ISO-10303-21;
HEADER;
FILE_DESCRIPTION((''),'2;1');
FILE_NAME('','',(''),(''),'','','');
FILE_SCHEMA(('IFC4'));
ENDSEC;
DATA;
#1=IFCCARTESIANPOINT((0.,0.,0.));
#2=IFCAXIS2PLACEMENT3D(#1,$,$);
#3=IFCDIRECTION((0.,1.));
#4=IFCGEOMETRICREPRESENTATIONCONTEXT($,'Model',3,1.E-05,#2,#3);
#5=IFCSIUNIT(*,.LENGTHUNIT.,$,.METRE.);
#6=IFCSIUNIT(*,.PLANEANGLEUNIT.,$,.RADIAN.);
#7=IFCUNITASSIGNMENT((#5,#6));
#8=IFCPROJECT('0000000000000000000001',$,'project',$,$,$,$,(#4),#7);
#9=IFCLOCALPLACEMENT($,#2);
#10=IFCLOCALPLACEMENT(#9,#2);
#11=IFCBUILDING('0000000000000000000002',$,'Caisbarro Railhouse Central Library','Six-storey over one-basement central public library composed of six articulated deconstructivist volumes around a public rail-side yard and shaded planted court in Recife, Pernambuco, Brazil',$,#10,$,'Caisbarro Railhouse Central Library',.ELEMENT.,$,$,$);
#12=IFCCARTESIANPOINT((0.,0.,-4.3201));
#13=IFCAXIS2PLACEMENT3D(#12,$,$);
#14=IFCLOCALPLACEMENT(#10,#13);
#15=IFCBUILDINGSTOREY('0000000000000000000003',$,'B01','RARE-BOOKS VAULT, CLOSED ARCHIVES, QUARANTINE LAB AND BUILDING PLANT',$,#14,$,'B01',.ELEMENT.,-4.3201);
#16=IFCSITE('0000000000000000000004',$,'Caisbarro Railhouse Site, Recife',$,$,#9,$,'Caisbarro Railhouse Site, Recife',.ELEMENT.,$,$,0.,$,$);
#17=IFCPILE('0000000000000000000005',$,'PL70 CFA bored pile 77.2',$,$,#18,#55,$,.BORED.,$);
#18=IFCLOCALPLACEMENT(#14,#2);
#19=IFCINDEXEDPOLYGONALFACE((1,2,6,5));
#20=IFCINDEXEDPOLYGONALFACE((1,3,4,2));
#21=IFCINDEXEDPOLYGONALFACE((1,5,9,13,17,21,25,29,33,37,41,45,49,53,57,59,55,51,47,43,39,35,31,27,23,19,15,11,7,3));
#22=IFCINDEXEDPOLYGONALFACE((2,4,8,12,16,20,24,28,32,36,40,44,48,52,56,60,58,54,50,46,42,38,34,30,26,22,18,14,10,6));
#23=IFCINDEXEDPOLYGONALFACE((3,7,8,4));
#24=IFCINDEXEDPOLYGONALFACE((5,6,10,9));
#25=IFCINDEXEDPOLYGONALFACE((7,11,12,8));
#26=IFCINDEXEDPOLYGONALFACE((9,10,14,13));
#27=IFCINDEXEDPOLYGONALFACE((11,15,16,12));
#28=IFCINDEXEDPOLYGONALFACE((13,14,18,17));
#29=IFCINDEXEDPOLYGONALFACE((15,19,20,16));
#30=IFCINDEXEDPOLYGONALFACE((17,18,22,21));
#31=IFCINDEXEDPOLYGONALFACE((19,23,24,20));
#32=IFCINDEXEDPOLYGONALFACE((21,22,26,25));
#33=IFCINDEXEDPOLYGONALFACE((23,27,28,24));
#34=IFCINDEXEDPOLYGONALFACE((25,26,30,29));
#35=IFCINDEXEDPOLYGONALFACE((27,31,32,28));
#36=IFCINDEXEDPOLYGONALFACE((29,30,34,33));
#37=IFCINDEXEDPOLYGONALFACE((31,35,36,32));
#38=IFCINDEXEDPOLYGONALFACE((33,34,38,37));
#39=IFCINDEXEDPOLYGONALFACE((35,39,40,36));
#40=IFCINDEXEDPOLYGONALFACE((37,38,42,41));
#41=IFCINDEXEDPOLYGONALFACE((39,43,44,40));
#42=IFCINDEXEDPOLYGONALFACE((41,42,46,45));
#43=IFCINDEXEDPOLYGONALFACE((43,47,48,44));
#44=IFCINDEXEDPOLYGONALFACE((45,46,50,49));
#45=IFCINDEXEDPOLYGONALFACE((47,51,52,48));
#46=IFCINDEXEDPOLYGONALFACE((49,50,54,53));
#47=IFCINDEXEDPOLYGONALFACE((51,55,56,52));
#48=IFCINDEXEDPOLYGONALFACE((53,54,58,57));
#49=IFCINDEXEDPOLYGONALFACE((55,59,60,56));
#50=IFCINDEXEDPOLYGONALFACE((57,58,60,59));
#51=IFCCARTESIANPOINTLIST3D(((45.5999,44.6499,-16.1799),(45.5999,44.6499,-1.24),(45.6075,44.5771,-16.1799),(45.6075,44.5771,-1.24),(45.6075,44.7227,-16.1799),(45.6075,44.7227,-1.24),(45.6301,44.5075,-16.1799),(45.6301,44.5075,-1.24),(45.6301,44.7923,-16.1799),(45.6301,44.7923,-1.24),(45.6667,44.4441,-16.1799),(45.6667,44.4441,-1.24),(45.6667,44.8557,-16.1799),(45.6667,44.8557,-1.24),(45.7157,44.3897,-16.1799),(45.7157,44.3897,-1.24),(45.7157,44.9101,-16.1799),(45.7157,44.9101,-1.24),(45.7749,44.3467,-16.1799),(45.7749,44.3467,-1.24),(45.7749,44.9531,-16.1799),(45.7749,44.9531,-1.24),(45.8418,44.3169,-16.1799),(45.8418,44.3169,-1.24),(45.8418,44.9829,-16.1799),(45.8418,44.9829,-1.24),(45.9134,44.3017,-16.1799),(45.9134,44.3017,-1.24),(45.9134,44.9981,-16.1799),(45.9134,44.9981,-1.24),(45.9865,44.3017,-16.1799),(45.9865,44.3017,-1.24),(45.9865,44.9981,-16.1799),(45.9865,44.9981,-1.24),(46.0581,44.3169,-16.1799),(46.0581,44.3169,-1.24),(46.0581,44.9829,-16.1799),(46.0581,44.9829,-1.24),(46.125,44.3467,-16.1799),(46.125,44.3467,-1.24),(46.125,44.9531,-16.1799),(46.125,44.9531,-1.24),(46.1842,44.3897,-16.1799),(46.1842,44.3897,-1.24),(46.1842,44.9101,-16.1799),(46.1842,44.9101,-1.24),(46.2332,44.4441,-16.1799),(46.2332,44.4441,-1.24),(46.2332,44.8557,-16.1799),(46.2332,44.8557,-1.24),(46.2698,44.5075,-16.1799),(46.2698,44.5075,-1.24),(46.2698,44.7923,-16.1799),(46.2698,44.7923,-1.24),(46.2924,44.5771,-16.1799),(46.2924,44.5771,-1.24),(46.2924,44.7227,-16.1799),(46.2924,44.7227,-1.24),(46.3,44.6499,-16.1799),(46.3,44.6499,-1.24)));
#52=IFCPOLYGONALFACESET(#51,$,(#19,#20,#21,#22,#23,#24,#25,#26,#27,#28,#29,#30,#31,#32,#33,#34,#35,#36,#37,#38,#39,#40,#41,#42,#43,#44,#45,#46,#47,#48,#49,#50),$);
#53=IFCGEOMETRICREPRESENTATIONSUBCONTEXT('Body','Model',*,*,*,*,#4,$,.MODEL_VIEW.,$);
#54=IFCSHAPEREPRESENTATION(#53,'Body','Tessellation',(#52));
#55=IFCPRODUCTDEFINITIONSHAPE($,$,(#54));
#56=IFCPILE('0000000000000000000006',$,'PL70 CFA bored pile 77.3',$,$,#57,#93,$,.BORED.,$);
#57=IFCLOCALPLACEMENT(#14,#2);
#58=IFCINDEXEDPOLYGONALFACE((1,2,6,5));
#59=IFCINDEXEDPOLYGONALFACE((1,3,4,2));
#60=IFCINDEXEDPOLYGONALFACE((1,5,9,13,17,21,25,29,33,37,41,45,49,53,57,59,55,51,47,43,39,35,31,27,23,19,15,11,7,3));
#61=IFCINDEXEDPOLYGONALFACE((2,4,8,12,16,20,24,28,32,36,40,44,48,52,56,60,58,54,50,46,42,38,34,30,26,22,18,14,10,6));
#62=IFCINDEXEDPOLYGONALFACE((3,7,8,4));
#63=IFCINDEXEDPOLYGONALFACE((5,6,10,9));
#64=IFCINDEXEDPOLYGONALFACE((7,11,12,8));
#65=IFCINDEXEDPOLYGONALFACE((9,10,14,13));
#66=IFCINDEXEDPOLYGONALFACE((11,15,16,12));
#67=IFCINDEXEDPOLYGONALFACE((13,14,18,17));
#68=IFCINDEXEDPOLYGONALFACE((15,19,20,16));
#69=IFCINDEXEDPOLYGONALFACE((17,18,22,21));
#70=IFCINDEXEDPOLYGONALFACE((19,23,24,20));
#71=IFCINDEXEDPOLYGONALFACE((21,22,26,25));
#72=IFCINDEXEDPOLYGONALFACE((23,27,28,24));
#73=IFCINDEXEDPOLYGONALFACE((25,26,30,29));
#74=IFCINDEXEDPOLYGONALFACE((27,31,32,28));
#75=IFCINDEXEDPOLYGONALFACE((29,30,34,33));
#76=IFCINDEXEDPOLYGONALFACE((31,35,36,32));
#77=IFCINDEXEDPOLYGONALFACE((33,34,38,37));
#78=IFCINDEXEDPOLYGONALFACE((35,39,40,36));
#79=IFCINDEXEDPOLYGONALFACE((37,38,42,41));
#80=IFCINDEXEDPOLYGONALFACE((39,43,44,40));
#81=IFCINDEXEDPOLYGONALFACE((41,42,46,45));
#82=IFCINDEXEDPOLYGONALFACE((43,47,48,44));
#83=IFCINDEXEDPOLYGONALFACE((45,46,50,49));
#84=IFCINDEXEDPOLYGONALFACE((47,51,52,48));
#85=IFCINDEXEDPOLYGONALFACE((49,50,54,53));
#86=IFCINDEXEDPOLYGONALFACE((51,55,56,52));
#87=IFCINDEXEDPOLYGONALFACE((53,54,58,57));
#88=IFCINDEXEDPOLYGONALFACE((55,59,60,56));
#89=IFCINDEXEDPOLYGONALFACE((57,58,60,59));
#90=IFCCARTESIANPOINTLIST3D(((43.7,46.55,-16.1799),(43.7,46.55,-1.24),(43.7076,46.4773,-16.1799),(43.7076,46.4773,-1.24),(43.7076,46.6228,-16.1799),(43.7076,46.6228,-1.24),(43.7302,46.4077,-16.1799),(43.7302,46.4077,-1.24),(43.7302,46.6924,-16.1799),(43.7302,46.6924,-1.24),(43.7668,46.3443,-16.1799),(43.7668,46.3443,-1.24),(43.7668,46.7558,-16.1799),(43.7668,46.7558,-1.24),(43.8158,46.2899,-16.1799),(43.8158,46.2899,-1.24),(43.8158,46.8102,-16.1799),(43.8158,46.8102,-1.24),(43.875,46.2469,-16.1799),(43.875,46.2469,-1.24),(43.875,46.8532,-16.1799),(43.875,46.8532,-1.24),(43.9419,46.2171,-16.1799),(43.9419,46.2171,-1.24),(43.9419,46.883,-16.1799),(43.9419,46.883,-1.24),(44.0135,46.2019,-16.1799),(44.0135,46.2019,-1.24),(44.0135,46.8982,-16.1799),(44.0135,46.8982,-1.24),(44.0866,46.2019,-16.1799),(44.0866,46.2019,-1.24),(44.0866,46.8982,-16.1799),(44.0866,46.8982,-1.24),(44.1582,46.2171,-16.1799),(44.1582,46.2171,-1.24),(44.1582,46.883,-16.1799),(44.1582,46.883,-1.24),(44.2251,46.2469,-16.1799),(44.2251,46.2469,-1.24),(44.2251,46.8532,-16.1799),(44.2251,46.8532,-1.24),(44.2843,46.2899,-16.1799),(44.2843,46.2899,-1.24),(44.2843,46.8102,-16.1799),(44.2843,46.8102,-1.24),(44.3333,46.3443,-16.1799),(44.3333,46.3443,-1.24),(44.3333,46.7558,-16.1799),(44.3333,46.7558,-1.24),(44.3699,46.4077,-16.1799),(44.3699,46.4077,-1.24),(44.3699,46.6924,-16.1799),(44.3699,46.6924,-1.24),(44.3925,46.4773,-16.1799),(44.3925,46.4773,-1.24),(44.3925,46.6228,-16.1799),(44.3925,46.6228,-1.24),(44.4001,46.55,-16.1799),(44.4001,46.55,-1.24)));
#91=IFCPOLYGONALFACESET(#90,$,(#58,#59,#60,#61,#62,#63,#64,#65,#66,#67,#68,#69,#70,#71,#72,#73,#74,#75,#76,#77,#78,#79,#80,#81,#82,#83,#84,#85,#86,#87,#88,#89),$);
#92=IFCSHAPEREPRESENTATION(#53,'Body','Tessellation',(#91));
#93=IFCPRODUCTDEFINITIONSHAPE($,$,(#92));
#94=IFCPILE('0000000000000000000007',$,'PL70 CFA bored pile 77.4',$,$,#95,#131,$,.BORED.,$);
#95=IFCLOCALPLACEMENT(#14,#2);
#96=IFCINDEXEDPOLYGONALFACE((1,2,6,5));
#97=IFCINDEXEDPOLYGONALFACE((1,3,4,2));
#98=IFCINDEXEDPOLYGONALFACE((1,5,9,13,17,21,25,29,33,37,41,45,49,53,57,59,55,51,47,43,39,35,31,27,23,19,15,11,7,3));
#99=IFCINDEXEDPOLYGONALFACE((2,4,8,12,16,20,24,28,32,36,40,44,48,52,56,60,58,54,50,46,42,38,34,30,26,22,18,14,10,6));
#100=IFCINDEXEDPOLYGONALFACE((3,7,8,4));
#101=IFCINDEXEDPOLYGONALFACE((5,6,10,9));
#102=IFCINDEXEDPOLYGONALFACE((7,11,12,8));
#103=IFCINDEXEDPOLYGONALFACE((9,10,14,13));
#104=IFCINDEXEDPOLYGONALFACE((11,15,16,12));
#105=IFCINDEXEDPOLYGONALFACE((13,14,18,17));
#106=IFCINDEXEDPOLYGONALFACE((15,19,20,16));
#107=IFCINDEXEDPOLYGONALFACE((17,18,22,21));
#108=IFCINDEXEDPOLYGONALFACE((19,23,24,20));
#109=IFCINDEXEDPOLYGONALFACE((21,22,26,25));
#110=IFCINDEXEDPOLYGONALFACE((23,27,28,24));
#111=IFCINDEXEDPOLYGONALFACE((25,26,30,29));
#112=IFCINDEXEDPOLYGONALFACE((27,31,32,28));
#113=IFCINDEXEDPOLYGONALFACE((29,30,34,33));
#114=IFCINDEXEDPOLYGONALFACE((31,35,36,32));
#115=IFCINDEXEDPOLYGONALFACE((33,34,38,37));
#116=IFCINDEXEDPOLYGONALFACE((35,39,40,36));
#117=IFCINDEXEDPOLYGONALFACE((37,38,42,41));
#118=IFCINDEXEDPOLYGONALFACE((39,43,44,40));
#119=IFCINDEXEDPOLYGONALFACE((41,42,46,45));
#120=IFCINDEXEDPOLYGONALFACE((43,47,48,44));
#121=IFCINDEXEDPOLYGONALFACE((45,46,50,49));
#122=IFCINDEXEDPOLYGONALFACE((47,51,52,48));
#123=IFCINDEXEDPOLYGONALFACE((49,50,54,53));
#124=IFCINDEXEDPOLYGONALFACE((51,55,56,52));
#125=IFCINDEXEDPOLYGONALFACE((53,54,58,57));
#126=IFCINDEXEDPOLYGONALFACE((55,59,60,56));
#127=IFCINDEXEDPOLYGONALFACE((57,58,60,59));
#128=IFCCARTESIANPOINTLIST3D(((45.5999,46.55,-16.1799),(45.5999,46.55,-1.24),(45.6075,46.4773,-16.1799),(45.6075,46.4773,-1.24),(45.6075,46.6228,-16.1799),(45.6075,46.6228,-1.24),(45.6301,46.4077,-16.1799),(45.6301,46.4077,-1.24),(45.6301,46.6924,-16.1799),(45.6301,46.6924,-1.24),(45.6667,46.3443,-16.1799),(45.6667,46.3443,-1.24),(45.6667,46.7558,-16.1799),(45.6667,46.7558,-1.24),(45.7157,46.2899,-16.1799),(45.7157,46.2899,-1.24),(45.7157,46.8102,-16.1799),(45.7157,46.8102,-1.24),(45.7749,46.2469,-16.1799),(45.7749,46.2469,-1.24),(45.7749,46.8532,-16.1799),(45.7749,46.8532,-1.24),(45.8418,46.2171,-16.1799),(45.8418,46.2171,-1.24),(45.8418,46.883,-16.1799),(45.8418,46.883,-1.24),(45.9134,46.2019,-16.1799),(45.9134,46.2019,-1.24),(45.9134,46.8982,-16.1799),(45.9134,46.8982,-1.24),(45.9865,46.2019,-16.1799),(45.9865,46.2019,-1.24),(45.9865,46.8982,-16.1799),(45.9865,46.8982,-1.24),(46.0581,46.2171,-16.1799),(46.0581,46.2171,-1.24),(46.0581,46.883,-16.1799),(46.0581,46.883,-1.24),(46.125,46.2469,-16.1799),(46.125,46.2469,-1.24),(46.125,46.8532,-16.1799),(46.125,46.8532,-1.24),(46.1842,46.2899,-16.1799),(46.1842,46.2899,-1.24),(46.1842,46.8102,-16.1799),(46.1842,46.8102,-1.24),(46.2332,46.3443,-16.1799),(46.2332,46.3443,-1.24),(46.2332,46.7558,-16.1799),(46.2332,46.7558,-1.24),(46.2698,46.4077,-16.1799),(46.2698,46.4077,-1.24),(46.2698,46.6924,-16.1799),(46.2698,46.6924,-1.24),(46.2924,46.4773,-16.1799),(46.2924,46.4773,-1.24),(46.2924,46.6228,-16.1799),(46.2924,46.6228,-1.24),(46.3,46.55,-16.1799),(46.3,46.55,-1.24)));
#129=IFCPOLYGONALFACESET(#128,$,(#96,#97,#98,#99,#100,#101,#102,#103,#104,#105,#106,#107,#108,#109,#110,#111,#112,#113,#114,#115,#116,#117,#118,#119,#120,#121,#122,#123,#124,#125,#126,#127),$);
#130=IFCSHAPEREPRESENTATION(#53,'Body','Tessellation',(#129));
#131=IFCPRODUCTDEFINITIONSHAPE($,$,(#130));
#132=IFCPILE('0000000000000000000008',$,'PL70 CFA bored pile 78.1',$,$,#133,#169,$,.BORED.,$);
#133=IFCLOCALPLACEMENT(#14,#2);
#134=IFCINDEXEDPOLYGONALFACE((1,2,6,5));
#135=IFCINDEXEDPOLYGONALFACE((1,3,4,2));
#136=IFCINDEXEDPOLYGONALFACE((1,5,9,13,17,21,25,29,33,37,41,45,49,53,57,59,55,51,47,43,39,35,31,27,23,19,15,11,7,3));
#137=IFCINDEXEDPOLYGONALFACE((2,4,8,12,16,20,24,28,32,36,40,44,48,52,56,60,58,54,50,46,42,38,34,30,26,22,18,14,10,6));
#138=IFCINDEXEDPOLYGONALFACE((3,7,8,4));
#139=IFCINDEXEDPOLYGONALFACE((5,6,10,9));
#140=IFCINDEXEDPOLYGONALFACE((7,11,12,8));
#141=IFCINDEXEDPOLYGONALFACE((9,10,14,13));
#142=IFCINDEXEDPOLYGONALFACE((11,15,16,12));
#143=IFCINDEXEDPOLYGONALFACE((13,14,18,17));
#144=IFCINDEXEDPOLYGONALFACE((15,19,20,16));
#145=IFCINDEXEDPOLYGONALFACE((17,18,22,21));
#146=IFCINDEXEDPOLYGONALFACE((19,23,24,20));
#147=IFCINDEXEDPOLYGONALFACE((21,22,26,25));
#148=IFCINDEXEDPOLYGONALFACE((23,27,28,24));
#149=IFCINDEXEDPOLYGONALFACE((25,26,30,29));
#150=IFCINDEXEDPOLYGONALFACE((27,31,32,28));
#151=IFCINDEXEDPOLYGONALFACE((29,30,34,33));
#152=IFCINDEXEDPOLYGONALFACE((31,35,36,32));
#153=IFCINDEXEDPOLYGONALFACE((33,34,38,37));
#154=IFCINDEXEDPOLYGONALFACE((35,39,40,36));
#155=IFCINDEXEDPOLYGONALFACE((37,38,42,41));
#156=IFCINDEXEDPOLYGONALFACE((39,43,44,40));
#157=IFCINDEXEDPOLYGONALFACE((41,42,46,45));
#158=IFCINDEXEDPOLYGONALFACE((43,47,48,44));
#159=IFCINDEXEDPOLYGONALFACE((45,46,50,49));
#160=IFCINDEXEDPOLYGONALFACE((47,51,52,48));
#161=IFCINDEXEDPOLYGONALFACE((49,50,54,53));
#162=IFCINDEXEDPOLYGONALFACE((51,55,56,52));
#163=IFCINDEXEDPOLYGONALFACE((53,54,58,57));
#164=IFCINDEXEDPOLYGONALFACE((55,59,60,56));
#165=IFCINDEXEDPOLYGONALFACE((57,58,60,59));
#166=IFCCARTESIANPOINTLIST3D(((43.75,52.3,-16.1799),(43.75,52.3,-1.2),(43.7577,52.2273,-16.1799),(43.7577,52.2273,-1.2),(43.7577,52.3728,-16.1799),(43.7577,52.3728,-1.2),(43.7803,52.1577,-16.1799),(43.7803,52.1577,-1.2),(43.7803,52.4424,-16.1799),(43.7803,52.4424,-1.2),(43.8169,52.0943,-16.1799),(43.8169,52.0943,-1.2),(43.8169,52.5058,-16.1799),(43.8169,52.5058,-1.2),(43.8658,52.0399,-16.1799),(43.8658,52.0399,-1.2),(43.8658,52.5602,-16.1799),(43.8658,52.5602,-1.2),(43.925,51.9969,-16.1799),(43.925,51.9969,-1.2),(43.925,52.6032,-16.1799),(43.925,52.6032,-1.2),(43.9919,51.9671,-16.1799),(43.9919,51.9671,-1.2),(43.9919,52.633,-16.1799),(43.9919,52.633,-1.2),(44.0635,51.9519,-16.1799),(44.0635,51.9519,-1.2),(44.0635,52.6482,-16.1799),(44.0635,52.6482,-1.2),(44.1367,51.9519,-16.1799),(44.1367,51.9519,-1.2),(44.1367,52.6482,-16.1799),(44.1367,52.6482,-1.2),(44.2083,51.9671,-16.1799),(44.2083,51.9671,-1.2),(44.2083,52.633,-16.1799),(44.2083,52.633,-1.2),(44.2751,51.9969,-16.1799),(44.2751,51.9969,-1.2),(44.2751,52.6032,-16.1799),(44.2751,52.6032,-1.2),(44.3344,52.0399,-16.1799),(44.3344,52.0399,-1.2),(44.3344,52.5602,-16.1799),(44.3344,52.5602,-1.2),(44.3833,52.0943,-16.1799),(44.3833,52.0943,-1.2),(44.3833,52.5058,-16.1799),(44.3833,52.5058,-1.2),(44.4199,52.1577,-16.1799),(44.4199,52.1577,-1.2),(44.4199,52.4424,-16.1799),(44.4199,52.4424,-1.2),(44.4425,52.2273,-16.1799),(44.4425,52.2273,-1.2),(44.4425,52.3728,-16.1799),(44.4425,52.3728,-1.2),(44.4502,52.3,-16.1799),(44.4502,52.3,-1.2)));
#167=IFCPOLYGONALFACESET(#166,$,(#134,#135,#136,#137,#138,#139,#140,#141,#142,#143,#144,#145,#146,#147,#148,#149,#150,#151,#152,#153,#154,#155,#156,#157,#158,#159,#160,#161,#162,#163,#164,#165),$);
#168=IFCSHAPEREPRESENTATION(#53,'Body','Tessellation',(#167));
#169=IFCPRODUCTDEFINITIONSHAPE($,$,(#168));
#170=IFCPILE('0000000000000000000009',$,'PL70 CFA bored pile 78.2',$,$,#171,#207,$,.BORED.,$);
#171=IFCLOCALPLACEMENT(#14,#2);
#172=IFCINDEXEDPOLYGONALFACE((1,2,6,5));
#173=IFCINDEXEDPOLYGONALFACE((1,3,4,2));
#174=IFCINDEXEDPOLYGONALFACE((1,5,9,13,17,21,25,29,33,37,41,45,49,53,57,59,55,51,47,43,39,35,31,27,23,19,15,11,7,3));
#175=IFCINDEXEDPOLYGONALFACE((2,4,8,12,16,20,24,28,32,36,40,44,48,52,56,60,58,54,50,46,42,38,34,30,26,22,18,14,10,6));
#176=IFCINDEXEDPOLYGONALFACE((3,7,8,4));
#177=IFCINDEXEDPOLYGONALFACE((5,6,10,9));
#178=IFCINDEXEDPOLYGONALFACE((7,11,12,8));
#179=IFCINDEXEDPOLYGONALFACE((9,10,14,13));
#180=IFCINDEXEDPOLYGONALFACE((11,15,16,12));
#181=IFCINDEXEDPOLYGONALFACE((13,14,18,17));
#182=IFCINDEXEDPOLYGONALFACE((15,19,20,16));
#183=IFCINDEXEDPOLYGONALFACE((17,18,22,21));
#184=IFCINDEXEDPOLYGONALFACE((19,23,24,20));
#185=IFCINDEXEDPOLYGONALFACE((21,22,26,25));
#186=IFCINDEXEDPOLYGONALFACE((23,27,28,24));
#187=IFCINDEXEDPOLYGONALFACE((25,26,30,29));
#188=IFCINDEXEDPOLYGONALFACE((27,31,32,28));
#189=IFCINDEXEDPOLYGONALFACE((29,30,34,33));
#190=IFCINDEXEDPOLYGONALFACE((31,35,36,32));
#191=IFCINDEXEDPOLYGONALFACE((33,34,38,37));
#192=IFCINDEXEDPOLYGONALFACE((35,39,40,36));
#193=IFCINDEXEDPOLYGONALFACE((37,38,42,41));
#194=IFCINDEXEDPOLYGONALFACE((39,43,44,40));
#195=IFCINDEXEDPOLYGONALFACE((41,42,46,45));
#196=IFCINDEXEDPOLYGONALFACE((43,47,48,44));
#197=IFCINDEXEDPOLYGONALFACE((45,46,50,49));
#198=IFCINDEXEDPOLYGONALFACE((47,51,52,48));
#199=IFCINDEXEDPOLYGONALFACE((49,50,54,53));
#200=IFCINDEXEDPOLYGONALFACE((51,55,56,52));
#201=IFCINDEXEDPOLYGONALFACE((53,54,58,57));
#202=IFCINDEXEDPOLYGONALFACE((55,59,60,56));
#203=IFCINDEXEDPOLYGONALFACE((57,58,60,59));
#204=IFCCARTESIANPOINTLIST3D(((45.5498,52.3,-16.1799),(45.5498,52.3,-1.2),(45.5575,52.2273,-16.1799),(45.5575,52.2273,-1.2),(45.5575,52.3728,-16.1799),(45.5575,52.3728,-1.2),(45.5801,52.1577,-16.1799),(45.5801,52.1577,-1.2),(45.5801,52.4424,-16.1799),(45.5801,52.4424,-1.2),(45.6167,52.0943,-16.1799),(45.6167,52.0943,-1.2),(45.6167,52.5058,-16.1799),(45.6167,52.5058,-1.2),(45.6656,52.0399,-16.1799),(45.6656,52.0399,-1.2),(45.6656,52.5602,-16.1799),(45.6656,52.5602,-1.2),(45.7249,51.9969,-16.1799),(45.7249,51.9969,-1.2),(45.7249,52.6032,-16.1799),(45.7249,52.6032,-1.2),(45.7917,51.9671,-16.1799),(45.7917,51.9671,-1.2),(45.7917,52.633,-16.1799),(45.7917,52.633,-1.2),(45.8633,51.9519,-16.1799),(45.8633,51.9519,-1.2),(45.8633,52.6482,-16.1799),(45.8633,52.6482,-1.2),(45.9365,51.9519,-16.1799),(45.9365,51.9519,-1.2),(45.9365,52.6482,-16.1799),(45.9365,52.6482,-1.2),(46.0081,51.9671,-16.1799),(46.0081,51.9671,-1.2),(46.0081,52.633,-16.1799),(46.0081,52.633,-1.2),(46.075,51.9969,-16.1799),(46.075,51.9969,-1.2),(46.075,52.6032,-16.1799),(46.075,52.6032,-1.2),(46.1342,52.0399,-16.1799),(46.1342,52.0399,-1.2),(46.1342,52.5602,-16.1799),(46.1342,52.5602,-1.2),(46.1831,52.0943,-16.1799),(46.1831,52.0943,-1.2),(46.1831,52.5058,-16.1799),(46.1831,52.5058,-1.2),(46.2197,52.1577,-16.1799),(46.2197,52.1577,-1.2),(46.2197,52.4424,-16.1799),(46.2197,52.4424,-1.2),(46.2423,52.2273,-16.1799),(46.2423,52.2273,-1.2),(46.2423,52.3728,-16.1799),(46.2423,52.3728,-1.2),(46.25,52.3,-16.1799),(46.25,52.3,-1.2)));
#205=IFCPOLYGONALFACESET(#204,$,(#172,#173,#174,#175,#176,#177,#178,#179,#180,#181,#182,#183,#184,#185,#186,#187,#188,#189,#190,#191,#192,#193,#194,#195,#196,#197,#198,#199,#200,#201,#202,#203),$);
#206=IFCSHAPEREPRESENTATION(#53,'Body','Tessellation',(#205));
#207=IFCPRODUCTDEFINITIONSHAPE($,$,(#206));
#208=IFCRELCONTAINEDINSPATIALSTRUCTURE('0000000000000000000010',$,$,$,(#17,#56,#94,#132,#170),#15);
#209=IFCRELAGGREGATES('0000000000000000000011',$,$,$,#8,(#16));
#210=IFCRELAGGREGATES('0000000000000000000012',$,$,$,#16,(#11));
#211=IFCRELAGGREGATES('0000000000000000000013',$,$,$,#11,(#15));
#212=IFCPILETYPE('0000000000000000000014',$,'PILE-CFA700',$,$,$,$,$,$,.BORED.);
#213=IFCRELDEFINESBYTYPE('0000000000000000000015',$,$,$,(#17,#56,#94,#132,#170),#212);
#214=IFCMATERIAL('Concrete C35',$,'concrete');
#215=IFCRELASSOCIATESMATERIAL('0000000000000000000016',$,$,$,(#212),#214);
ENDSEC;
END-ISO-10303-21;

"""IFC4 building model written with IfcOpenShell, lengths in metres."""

from ifc_helpers import new_model, si_unit, direction, frame, origin, origin_2d, place, context, subcontext, project, spatial, circle, extrude, material, material_profile, profile_set, type_object, element, save


model = new_model("IFC4")

# Units and contexts
model_context = context("Model", 3, precision=1e-05, world=origin(), true_north=direction((0.0, 1.0)))
body_context = subcontext(model_context, "Body", "Model", "MODEL_VIEW")
ifc_project = project(units=[si_unit("LENGTHUNIT", "METRE"), si_unit("PLANEANGLEUNIT", "RADIAN")], contexts=[model_context])

# Site, building, storey
site_placement = place(None, origin())
site = spatial("IfcSite", under=ifc_project, at=site_placement, Name="Caisbarro Railhouse Site, Recife", LongName="Caisbarro Railhouse Site, Recife", CompositionType="ELEMENT", RefElevation=0.0)
building_placement = place(site_placement, origin())
building = spatial("IfcBuilding", under=site, at=building_placement, Name="Caisbarro Railhouse Central Library", Description="Six-storey over one-basement central public library composed of six articulated deconstructivist volumes around a public rail-side yard and shaded planted court in Recife, Pernambuco, Brazil", LongName="Caisbarro Railhouse Central Library", CompositionType="ELEMENT")
storey_placement = place(building_placement, frame((0.0, 0.0, -4.3201)))
storey = spatial("IfcBuildingStorey", under=building, at=storey_placement, Name="B01", Description="RARE-BOOKS VAULT, CLOSED ARCHIVES, QUARANTINE LAB AND BUILDING PLANT", LongName="B01", CompositionType="ELEMENT", Elevation=-4.3201)

# Shared definitions
ifc_material_1 = material(Name="Concrete C35", Category="concrete")

# Piles
ifc_material_profile_1 = material_profile(ifc_material_1, circle(Radius=0.3501, at=origin_2d()), Name="PILE-CFA-700")
ifc_profile_set_1 = profile_set([ifc_material_profile_1], Name="Concrete C35")
pile_type = type_object("IfcPileType", Name="PILE-CFA700", PredefinedType="BORED", material=ifc_profile_set_1)
for number, where, z_axis, x_axis, name in (
    (1, (45.95, 44.6499, -1.24), (0.0, 0.0, -1.0), (1.0, 0.0, 0.0), "PL70 CFA bored pile 77.2"),
    (2, (44.05, 46.55, -1.24), (0.0, 0.0, -1.0), (1.0, 0.0, 0.0), "PL70 CFA bored pile 77.3"),
    (3, (45.95, 46.55, -1.24), (0.0, 0.0, -1.0), (1.0, 0.0, 0.0), "PL70 CFA bored pile 77.4"),
):
    element("IfcPile", number, at=place(storey_placement, frame(where, z_axis=z_axis, x_axis=x_axis)), inside=storey, type_object=pile_type, Name=name, PredefinedType="BORED", context=body_context, shape_type="SweptSolid", body=[
        extrude(circle(Radius=0.3501, at=origin_2d()), origin(), (0.0, 0.0, 1.0), 14.9399),
    ])
for number, where, z_axis, x_axis, name in (
    (4, (44.1001, 52.3, -1.2), (0.0, 0.0, -1.0), (1.0, 0.0, 0.0), "PL70 CFA bored pile 78.1"),
    (5, (45.8999, 52.3, -1.2), (0.0, 0.0, -1.0), (1.0, 0.0, 0.0), "PL70 CFA bored pile 78.2"),
):
    element("IfcPile", number, at=place(storey_placement, frame(where, z_axis=z_axis, x_axis=x_axis)), inside=storey, type_object=pile_type, Name=name, PredefinedType="BORED", context=body_context, shape_type="SweptSolid", body=[
        extrude(circle(Radius=0.3501, at=origin_2d()), origin(), (0.0, 0.0, 1.0), 14.98),
    ])

save(model, "model.ifc")
